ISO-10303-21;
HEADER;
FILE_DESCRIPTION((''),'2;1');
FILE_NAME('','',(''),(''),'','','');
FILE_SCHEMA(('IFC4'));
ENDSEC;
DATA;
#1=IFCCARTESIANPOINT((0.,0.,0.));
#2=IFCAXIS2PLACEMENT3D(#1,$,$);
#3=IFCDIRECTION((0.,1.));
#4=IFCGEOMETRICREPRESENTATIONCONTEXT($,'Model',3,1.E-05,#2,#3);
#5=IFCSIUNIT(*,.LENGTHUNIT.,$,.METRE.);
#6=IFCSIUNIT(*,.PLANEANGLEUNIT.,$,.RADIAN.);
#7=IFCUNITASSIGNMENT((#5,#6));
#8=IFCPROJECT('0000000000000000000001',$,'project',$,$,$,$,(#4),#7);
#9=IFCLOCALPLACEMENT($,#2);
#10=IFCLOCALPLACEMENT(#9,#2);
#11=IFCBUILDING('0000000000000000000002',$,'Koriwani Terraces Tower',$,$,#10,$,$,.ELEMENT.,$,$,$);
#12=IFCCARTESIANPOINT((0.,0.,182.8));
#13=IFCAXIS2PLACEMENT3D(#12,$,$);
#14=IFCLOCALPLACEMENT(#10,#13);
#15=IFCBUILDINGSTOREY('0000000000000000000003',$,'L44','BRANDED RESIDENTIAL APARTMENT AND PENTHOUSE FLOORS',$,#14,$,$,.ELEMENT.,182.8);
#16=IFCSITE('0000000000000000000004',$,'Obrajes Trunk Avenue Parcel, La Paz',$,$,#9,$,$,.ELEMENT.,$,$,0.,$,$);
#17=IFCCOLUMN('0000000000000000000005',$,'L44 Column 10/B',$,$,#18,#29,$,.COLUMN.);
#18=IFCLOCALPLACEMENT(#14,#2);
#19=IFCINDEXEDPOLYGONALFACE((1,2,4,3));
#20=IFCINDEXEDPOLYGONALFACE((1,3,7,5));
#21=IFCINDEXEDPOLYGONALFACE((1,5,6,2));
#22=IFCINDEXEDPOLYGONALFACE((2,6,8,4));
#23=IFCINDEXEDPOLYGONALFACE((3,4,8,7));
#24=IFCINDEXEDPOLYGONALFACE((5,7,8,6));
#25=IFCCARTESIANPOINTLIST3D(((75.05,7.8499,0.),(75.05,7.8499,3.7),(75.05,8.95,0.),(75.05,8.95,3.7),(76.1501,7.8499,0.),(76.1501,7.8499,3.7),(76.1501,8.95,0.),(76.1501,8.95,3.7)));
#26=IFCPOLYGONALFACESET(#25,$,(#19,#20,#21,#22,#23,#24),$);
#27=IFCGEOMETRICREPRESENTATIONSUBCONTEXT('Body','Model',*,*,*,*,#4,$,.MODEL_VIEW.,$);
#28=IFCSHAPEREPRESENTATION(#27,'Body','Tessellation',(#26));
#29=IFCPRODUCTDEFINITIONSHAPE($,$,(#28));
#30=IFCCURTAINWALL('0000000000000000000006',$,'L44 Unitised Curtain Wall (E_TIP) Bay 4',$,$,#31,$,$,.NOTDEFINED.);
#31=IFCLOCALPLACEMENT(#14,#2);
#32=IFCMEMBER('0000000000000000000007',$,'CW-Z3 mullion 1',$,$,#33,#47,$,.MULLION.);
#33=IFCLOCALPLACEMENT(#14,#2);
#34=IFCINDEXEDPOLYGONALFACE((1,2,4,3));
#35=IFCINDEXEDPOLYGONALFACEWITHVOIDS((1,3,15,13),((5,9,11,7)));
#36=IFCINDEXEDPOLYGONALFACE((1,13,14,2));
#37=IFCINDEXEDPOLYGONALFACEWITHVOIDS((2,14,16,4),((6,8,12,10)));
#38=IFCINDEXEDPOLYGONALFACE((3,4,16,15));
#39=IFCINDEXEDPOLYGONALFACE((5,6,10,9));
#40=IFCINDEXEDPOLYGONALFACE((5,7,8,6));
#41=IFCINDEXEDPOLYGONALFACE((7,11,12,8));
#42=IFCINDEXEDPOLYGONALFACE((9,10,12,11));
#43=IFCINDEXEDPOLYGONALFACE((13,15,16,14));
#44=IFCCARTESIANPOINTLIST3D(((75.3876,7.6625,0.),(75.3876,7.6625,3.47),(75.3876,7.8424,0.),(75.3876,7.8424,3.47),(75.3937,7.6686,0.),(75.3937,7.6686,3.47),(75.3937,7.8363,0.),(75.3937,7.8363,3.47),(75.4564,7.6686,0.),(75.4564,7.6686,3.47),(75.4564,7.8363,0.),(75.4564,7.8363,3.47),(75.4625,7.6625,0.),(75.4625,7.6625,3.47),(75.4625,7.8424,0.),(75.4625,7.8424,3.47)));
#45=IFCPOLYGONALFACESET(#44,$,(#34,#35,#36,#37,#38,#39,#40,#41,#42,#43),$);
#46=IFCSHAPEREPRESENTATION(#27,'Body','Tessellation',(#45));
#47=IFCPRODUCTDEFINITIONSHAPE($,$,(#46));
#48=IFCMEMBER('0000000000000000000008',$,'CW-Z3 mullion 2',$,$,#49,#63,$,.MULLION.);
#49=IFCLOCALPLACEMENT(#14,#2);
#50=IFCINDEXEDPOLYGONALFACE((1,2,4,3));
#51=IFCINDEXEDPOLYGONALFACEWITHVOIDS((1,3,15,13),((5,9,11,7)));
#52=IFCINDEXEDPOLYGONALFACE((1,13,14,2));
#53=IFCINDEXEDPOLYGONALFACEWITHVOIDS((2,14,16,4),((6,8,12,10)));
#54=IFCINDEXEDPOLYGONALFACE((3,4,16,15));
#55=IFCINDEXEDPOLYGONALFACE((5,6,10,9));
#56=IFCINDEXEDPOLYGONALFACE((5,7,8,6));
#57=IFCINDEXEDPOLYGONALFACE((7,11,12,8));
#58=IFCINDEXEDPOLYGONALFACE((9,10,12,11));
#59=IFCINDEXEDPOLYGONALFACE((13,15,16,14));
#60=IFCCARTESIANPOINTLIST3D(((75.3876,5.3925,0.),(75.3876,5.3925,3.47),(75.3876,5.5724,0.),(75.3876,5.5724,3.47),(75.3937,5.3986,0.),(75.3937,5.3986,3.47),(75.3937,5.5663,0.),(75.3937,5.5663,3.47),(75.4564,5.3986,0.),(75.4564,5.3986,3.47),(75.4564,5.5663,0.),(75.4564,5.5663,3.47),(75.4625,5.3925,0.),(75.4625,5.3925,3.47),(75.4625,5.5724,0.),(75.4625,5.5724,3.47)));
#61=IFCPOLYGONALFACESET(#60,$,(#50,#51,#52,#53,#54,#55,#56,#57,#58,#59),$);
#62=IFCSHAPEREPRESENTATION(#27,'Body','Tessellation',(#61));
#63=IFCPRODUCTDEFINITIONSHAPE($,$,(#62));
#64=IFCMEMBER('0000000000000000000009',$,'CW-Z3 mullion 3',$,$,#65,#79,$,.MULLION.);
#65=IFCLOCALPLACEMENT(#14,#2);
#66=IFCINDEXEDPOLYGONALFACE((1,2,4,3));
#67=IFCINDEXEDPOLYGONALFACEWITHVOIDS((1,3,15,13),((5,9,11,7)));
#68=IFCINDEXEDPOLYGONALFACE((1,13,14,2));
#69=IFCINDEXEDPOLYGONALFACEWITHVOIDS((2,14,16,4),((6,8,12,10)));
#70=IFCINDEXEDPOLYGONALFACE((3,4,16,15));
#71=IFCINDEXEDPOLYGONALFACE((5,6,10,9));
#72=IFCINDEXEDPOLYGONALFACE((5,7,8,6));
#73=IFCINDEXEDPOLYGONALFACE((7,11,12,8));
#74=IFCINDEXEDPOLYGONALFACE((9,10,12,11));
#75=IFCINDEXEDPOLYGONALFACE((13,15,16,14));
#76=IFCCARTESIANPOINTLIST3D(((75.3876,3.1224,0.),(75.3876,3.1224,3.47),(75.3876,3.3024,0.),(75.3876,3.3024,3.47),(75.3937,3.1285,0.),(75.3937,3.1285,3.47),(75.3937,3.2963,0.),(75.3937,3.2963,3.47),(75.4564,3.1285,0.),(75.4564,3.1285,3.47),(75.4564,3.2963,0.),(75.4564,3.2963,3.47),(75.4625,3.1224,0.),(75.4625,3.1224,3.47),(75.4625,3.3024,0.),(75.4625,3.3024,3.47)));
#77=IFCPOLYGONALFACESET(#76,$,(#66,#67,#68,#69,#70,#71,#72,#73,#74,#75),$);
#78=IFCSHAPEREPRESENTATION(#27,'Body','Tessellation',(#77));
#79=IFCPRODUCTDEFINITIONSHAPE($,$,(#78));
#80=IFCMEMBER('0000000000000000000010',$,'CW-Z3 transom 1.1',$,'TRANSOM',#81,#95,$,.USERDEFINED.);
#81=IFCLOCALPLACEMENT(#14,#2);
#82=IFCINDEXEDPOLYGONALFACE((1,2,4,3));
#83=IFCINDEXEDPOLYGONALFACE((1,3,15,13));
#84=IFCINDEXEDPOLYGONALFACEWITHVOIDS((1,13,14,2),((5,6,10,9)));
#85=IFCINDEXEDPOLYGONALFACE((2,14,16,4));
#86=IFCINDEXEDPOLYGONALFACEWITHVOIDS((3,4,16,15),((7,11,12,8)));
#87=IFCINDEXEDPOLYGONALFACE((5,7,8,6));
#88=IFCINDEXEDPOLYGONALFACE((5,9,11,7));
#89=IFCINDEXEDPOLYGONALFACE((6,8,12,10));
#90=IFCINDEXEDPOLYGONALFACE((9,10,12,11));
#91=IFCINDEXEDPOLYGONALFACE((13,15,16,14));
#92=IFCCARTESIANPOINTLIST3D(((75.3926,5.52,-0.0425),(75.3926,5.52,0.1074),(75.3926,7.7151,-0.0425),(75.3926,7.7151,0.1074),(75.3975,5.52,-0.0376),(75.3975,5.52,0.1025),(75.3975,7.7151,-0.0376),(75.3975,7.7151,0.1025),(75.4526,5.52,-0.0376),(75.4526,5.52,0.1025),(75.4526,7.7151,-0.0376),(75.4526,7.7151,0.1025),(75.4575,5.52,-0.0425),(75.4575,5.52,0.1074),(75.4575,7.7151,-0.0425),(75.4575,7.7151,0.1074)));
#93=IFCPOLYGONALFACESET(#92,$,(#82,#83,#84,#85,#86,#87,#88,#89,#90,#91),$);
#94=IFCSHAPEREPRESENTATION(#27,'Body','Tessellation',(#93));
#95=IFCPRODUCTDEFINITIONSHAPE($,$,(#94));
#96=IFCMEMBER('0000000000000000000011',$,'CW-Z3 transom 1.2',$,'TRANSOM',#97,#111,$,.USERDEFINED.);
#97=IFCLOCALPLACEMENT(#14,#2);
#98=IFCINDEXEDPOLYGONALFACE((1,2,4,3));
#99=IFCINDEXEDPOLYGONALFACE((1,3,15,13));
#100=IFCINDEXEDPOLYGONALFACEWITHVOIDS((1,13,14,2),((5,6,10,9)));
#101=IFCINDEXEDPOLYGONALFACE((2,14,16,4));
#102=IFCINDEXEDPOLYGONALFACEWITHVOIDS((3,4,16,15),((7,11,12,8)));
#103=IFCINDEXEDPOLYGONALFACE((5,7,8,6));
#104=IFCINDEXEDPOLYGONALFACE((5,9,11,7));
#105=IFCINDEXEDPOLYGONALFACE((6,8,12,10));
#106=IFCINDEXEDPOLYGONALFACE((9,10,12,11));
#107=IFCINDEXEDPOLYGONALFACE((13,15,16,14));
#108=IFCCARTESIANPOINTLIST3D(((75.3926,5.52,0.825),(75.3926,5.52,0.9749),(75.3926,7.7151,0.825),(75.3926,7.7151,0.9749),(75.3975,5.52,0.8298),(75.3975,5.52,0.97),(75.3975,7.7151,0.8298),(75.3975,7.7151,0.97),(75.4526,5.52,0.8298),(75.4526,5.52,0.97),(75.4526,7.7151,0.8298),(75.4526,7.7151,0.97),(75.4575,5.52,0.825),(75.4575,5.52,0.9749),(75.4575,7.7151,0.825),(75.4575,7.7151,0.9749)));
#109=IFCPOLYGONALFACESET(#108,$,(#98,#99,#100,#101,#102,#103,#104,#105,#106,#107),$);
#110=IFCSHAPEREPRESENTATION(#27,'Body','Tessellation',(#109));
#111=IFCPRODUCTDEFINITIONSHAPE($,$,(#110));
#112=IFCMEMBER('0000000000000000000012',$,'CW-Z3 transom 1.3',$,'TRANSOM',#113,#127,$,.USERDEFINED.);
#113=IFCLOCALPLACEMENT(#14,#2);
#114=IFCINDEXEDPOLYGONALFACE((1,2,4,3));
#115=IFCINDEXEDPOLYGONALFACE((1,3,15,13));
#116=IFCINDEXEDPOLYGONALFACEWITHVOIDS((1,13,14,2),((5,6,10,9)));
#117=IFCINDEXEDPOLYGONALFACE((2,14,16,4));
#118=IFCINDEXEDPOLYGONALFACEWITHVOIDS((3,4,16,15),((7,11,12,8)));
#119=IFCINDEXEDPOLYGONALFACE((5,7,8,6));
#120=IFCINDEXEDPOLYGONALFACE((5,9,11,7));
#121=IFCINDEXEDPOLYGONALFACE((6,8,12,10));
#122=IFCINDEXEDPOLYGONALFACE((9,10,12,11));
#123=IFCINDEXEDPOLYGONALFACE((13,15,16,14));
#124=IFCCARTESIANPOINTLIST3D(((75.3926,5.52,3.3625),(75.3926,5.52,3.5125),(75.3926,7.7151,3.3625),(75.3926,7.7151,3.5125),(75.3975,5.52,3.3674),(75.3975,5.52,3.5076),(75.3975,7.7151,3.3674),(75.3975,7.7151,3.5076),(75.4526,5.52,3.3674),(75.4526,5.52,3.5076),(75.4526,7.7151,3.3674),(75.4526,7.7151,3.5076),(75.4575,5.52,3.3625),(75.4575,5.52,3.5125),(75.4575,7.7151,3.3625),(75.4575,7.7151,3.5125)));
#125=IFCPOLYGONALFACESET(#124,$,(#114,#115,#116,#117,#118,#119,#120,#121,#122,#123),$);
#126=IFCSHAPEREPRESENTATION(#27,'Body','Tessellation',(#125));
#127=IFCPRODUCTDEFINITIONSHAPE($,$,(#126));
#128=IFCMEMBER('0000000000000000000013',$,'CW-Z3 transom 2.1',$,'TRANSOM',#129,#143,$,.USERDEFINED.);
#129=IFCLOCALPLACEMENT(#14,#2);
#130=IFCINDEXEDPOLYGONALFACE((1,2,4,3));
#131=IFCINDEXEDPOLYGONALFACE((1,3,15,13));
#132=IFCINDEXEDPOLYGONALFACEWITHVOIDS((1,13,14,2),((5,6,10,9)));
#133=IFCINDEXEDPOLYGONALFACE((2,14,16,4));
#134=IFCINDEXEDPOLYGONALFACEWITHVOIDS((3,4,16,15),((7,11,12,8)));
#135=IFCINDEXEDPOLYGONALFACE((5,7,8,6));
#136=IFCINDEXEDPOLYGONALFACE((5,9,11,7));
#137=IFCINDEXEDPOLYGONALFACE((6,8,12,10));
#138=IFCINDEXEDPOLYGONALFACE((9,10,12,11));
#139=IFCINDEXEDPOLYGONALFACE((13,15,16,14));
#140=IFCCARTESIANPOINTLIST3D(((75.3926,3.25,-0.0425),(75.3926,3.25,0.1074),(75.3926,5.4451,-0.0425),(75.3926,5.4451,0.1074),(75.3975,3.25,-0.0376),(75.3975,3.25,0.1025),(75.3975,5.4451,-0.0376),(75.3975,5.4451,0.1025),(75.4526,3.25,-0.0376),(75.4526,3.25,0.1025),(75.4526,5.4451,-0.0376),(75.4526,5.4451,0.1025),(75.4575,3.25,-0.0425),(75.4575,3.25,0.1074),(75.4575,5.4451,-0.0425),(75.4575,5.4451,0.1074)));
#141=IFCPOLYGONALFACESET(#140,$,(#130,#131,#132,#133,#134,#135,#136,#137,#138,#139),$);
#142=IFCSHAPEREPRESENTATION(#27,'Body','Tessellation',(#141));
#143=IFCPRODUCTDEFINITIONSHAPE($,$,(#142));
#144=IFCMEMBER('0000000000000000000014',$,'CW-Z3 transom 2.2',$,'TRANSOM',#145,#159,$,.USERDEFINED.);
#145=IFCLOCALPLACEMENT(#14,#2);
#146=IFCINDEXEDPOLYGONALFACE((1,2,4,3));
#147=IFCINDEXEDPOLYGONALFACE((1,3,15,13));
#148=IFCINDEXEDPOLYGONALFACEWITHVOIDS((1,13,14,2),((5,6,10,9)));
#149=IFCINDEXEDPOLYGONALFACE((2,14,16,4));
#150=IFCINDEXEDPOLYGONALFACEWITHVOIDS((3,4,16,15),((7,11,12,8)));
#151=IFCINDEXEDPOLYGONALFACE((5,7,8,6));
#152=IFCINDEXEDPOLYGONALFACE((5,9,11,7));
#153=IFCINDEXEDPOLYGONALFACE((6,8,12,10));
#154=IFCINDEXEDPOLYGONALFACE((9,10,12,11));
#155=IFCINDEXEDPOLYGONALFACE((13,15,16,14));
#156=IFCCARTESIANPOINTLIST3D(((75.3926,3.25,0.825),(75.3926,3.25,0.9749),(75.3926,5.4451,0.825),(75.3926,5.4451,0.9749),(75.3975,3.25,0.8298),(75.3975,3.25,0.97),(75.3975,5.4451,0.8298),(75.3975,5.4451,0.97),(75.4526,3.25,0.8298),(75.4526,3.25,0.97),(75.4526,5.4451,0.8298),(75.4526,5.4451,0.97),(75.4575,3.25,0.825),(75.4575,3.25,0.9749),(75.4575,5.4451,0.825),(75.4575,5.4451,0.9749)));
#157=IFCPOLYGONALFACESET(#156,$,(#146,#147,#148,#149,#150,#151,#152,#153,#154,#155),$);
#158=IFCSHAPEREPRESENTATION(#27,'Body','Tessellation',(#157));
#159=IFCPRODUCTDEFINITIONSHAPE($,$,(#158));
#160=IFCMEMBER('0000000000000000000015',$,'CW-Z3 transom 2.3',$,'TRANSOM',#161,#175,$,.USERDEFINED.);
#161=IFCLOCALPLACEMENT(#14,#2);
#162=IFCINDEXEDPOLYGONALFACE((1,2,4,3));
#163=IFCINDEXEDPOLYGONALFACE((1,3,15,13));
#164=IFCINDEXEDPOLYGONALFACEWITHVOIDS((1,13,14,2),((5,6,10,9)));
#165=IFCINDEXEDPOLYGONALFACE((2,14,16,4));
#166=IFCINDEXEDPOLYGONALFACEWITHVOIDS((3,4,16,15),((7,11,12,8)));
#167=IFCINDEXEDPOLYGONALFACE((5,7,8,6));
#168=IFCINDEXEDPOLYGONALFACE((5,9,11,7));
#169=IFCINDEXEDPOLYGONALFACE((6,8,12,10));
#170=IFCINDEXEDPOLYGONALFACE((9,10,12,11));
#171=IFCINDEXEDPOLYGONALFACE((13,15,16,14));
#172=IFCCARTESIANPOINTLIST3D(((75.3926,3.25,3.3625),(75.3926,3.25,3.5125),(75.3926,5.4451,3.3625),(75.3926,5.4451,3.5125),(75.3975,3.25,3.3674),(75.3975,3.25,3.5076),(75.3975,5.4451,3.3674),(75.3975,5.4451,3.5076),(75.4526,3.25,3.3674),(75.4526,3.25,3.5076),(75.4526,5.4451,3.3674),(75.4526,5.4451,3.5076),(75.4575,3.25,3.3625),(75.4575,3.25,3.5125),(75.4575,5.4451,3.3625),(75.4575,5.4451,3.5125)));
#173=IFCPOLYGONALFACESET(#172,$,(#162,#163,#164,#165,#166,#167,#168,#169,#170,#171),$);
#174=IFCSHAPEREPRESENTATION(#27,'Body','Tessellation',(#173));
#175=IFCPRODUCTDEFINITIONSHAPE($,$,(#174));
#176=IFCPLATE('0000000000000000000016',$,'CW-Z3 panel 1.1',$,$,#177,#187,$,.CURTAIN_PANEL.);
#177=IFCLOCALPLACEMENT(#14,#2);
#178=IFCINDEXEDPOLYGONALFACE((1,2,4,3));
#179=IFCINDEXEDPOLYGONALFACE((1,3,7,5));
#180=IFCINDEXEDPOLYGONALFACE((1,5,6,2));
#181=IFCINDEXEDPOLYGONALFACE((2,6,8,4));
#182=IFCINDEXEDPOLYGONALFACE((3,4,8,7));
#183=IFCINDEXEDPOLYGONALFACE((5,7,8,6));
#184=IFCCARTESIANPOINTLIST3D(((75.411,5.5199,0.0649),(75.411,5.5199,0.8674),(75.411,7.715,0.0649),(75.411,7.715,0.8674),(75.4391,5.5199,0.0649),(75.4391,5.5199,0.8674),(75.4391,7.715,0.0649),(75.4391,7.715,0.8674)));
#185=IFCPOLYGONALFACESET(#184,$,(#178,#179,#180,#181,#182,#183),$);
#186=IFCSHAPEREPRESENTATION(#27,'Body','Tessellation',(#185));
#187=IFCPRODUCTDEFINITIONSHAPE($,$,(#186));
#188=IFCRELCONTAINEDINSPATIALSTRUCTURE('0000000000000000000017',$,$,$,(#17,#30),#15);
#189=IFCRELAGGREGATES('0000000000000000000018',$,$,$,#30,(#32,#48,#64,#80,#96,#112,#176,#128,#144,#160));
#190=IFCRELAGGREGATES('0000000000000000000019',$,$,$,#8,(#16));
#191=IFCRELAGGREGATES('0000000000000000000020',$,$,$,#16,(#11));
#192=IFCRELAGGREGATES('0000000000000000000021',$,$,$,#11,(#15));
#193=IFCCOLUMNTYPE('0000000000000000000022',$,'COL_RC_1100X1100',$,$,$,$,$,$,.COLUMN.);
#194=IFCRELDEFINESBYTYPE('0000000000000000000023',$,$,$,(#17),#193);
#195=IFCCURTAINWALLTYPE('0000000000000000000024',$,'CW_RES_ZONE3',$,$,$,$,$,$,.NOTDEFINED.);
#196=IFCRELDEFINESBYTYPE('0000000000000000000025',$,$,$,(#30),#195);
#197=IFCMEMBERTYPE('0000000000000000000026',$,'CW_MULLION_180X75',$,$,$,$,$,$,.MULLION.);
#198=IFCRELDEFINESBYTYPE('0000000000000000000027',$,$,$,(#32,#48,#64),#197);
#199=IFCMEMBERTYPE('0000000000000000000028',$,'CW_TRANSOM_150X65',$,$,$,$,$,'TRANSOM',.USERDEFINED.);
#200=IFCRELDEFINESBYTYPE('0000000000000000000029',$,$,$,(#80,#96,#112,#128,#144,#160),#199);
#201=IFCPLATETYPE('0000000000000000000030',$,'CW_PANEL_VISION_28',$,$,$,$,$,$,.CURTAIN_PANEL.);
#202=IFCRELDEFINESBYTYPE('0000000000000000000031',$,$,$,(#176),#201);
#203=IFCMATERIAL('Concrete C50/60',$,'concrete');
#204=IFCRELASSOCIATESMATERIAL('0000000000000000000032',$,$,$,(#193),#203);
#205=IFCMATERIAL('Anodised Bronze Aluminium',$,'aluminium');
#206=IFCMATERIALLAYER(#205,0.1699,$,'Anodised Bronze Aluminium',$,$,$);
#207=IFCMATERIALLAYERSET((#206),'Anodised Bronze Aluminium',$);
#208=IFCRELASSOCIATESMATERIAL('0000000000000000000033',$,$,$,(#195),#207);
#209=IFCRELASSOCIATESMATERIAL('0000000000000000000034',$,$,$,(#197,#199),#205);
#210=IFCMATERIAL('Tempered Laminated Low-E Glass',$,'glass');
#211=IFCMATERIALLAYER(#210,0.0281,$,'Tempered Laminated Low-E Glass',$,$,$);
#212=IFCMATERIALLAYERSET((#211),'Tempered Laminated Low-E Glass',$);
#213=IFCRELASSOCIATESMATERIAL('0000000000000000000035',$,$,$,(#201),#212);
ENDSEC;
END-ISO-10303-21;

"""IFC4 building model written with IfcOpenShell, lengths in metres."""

from ifc_helpers import new_model, si_unit, direction, frame, origin, origin_2d, place, context, subcontext, project, spatial, rectangle, hollow_rectangle, extrude, material, layer, layer_set, material_profile, profile_set, type_object, element, aggregate, save


model = new_model("IFC4")

# Units and contexts
model_context = context("Model", 3, precision=1e-05, world=origin(), true_north=direction((0.0, 1.0)))
body_context = subcontext(model_context, "Body", "Model", "MODEL_VIEW")
ifc_project = project(units=[si_unit("LENGTHUNIT", "METRE"), si_unit("PLANEANGLEUNIT", "RADIAN")], contexts=[model_context])

# Site, building, storey
site_placement = place(None, origin())
site = spatial("IfcSite", under=ifc_project, at=site_placement, Name="Obrajes Trunk Avenue Parcel, La Paz", CompositionType="ELEMENT", RefElevation=0.0)
building_placement = place(site_placement, origin())
building = spatial("IfcBuilding", under=site, at=building_placement, Name="Koriwani Terraces Tower", CompositionType="ELEMENT")
storey_placement = place(building_placement, frame((0.0, 0.0, 182.8)))
storey = spatial("IfcBuildingStorey", under=building, at=storey_placement, Name="L44", Description="BRANDED RESIDENTIAL APARTMENT AND PENTHOUSE FLOORS", CompositionType="ELEMENT", Elevation=182.8)

# Column
ifc_material_1 = material(Name="Concrete C50/60", Category="concrete")
ifc_material_profile_1 = material_profile(ifc_material_1, rectangle(XDim=1.1001, YDim=1.1001, at=origin_2d()), Name="Concrete C50/60", Category="LoadBearing")
ifc_profile_set_1 = profile_set([ifc_material_profile_1], Name="Concrete C50/60")
column_type = type_object("IfcColumnType", Name="COL_RC_1100X1100", PredefinedType="COLUMN", material=ifc_profile_set_1)
column_placement = place(storey_placement, frame((75.6001, 8.3999, 0.0), z_axis=(0.0, 0.0, 1.0), x_axis=(1.0, 0.0, 0.0)))
element("IfcColumn", 1, at=column_placement, inside=storey, type_object=column_type, Name="L44 Column 10/B", PredefinedType="COLUMN", context=body_context, shape_type="SweptSolid", body=[
    extrude(rectangle(XDim=1.1001, YDim=1.1001, at=origin_2d()), origin(), (0.0, 0.0, 1.0), 3.7),
])

# Curtain wall, members, plate
ifc_material_2 = material(Name="Anodised Bronze Aluminium", Category="aluminium")
ifc_layer_1 = layer(ifc_material_2, 0.1699, Name="Anodised Bronze Aluminium")
ifc_layer_set_1 = layer_set([ifc_layer_1], Name="Anodised Bronze Aluminium")
curtain_wall_type = type_object("IfcCurtainWallType", Name="CW_RES_ZONE3", PredefinedType="NOTDEFINED", material=ifc_layer_set_1)
curtain_wall_placement = place(storey_placement, origin())
curtain_wall = element("IfcCurtainWall", 2, at=curtain_wall_placement, inside=storey, type_object=curtain_wall_type, Name="L44 Unitised Curtain Wall (E_TIP) Bay 4", PredefinedType="NOTDEFINED")
ifc_material_profile_2 = material_profile(ifc_material_2, hollow_rectangle(XDim=0.075, YDim=0.1799, WallThickness=0.0061, at=origin_2d()), Name="Anodised Bronze Aluminium", Category="LoadBearing")
ifc_profile_set_2 = profile_set([ifc_material_profile_2], Name="Anodised Bronze Aluminium")
member_type_1 = type_object("IfcMemberType", Name="CW_MULLION_180X75", PredefinedType="MULLION", material=ifc_profile_set_2)
member_1_placement = place(storey_placement, frame((75.425, 7.7524, 0.0), z_axis=(0.0, 0.0, 1.0), x_axis=(1.0, 0.0, 0.0)))
member_1 = element("IfcMember", 3, at=member_1_placement, type_object=member_type_1, Name="CW-Z3 mullion 1", PredefinedType="MULLION", context=body_context, shape_type="SweptSolid", body=[
    extrude(hollow_rectangle(XDim=0.075, YDim=0.1799, WallThickness=0.0061, at=origin_2d()), origin(), (0.0, 0.0, 1.0), 3.47),
])
member_2_placement = place(storey_placement, frame((75.425, 5.4824, 0.0), z_axis=(0.0, 0.0, 1.0), x_axis=(1.0, 0.0, 0.0)))
member_2 = element("IfcMember", 4, at=member_2_placement, type_object=member_type_1, Name="CW-Z3 mullion 2", PredefinedType="MULLION", context=body_context, shape_type="SweptSolid", body=[
    extrude(hollow_rectangle(XDim=0.075, YDim=0.1799, WallThickness=0.0061, at=origin_2d()), origin(), (0.0, 0.0, 1.0), 3.47),
])
member_3_placement = place(storey_placement, frame((75.425, 3.2124, 0.0), z_axis=(0.0, 0.0, 1.0), x_axis=(1.0, 0.0, 0.0)))
member_3 = element("IfcMember", 5, at=member_3_placement, type_object=member_type_1, Name="CW-Z3 mullion 3", PredefinedType="MULLION", context=body_context, shape_type="SweptSolid", body=[
    extrude(hollow_rectangle(XDim=0.075, YDim=0.1799, WallThickness=0.0061, at=origin_2d()), origin(), (0.0, 0.0, 1.0), 3.47),
])
ifc_material_profile_3 = material_profile(ifc_material_2, hollow_rectangle(XDim=0.0649, YDim=0.1499, WallThickness=0.0049, at=origin_2d()), Name="Anodised Bronze Aluminium", Category="LoadBearing")
ifc_profile_set_3 = profile_set([ifc_material_profile_3], Name="Anodised Bronze Aluminium")
member_type_2 = type_object("IfcMemberType", Name="CW_TRANSOM_150X65", ElementType="TRANSOM", PredefinedType="USERDEFINED", material=ifc_profile_set_3)
member_4_placement = place(storey_placement, frame((75.425, 7.7151, 0.0325), z_axis=(0.0, -1.0, 0.0), x_axis=(1.0, 0.0, 0.0)))
member_4 = element("IfcMember", 6, at=member_4_placement, type_object=member_type_2, Name="CW-Z3 transom 1.1", ObjectType="TRANSOM", PredefinedType="USERDEFINED", context=body_context, shape_type="SweptSolid", body=[
    extrude(hollow_rectangle(XDim=0.0649, YDim=0.1499, WallThickness=0.0049, at=origin_2d()), origin(), (0.0, 0.0, 1.0), 2.1951),
])
member_5_placement = place(storey_placement, frame((75.425, 7.7151, 0.8999), z_axis=(0.0, -1.0, 0.0), x_axis=(1.0, 0.0, 0.0)))
member_5 = element("IfcMember", 7, at=member_5_placement, type_object=member_type_2, Name="CW-Z3 transom 1.2", ObjectType="TRANSOM", PredefinedType="USERDEFINED", context=body_context, shape_type="SweptSolid", body=[
    extrude(hollow_rectangle(XDim=0.0649, YDim=0.1499, WallThickness=0.0049, at=origin_2d()), origin(), (0.0, 0.0, 1.0), 2.1951),
])
member_6_placement = place(storey_placement, frame((75.425, 7.7151, 3.4375), z_axis=(0.0, -1.0, 0.0), x_axis=(1.0, 0.0, 0.0)))
member_6 = element("IfcMember", 8, at=member_6_placement, type_object=member_type_2, Name="CW-Z3 transom 1.3", ObjectType="TRANSOM", PredefinedType="USERDEFINED", context=body_context, shape_type="SweptSolid", body=[
    extrude(hollow_rectangle(XDim=0.0649, YDim=0.1499, WallThickness=0.0049, at=origin_2d()), origin(), (0.0, 0.0, 1.0), 2.1951),
])
member_7_placement = place(storey_placement, frame((75.425, 5.4451, 0.0325), z_axis=(0.0, -1.0, 0.0), x_axis=(1.0, 0.0, 0.0)))
member_7 = element("IfcMember", 9, at=member_7_placement, type_object=member_type_2, Name="CW-Z3 transom 2.1", ObjectType="TRANSOM", PredefinedType="USERDEFINED", context=body_context, shape_type="SweptSolid", body=[
    extrude(hollow_rectangle(XDim=0.0649, YDim=0.1499, WallThickness=0.0049, at=origin_2d()), origin(), (0.0, 0.0, 1.0), 2.1951),
])
member_8_placement = place(storey_placement, frame((75.425, 5.4451, 0.8999), z_axis=(0.0, -1.0, 0.0), x_axis=(1.0, 0.0, 0.0)))
member_8 = element("IfcMember", 10, at=member_8_placement, type_object=member_type_2, Name="CW-Z3 transom 2.2", ObjectType="TRANSOM", PredefinedType="USERDEFINED", context=body_context, shape_type="SweptSolid", body=[
    extrude(hollow_rectangle(XDim=0.0649, YDim=0.1499, WallThickness=0.0049, at=origin_2d()), origin(), (0.0, 0.0, 1.0), 2.1951),
])
member_9_placement = place(storey_placement, frame((75.425, 5.4451, 3.4375), z_axis=(0.0, -1.0, 0.0), x_axis=(1.0, 0.0, 0.0)))
member_9 = element("IfcMember", 11, at=member_9_placement, type_object=member_type_2, Name="CW-Z3 transom 2.3", ObjectType="TRANSOM", PredefinedType="USERDEFINED", context=body_context, shape_type="SweptSolid", body=[
    extrude(hollow_rectangle(XDim=0.0649, YDim=0.1499, WallThickness=0.0049, at=origin_2d()), origin(), (0.0, 0.0, 1.0), 2.1951),
])
ifc_material_3 = material(Name="Tempered Laminated Low-E Glass", Category="glass")
ifc_layer_2 = layer(ifc_material_3, 0.0281, Name="Tempered Laminated Low-E Glass")
ifc_layer_set_2 = layer_set([ifc_layer_2], Name="Tempered Laminated Low-E Glass")
plate_type = type_object("IfcPlateType", Name="CW_PANEL_VISION_28", PredefinedType="CURTAIN_PANEL", material=ifc_layer_set_2)
plate_1_placement = place(storey_placement, frame((75.425, 6.6174, 0.0649), z_axis=(0.0, 0.0, 1.0), x_axis=(0.0, -1.0, 0.0)))
plate_1 = element("IfcPlate", 12, at=plate_1_placement, type_object=plate_type, Name="CW-Z3 panel 1.1", PredefinedType="CURTAIN_PANEL", context=body_context, shape_type="SweptSolid", body=[
    extrude(rectangle(XDim=2.1951, YDim=0.0281, at=origin_2d()), origin(), (0.0, 0.0, 1.0), 0.8025),
])
aggregate(curtain_wall, [member_1, member_2, member_3, member_4, member_5, member_6, plate_1, member_7, member_8, member_9])

save(model, "model.ifc")
